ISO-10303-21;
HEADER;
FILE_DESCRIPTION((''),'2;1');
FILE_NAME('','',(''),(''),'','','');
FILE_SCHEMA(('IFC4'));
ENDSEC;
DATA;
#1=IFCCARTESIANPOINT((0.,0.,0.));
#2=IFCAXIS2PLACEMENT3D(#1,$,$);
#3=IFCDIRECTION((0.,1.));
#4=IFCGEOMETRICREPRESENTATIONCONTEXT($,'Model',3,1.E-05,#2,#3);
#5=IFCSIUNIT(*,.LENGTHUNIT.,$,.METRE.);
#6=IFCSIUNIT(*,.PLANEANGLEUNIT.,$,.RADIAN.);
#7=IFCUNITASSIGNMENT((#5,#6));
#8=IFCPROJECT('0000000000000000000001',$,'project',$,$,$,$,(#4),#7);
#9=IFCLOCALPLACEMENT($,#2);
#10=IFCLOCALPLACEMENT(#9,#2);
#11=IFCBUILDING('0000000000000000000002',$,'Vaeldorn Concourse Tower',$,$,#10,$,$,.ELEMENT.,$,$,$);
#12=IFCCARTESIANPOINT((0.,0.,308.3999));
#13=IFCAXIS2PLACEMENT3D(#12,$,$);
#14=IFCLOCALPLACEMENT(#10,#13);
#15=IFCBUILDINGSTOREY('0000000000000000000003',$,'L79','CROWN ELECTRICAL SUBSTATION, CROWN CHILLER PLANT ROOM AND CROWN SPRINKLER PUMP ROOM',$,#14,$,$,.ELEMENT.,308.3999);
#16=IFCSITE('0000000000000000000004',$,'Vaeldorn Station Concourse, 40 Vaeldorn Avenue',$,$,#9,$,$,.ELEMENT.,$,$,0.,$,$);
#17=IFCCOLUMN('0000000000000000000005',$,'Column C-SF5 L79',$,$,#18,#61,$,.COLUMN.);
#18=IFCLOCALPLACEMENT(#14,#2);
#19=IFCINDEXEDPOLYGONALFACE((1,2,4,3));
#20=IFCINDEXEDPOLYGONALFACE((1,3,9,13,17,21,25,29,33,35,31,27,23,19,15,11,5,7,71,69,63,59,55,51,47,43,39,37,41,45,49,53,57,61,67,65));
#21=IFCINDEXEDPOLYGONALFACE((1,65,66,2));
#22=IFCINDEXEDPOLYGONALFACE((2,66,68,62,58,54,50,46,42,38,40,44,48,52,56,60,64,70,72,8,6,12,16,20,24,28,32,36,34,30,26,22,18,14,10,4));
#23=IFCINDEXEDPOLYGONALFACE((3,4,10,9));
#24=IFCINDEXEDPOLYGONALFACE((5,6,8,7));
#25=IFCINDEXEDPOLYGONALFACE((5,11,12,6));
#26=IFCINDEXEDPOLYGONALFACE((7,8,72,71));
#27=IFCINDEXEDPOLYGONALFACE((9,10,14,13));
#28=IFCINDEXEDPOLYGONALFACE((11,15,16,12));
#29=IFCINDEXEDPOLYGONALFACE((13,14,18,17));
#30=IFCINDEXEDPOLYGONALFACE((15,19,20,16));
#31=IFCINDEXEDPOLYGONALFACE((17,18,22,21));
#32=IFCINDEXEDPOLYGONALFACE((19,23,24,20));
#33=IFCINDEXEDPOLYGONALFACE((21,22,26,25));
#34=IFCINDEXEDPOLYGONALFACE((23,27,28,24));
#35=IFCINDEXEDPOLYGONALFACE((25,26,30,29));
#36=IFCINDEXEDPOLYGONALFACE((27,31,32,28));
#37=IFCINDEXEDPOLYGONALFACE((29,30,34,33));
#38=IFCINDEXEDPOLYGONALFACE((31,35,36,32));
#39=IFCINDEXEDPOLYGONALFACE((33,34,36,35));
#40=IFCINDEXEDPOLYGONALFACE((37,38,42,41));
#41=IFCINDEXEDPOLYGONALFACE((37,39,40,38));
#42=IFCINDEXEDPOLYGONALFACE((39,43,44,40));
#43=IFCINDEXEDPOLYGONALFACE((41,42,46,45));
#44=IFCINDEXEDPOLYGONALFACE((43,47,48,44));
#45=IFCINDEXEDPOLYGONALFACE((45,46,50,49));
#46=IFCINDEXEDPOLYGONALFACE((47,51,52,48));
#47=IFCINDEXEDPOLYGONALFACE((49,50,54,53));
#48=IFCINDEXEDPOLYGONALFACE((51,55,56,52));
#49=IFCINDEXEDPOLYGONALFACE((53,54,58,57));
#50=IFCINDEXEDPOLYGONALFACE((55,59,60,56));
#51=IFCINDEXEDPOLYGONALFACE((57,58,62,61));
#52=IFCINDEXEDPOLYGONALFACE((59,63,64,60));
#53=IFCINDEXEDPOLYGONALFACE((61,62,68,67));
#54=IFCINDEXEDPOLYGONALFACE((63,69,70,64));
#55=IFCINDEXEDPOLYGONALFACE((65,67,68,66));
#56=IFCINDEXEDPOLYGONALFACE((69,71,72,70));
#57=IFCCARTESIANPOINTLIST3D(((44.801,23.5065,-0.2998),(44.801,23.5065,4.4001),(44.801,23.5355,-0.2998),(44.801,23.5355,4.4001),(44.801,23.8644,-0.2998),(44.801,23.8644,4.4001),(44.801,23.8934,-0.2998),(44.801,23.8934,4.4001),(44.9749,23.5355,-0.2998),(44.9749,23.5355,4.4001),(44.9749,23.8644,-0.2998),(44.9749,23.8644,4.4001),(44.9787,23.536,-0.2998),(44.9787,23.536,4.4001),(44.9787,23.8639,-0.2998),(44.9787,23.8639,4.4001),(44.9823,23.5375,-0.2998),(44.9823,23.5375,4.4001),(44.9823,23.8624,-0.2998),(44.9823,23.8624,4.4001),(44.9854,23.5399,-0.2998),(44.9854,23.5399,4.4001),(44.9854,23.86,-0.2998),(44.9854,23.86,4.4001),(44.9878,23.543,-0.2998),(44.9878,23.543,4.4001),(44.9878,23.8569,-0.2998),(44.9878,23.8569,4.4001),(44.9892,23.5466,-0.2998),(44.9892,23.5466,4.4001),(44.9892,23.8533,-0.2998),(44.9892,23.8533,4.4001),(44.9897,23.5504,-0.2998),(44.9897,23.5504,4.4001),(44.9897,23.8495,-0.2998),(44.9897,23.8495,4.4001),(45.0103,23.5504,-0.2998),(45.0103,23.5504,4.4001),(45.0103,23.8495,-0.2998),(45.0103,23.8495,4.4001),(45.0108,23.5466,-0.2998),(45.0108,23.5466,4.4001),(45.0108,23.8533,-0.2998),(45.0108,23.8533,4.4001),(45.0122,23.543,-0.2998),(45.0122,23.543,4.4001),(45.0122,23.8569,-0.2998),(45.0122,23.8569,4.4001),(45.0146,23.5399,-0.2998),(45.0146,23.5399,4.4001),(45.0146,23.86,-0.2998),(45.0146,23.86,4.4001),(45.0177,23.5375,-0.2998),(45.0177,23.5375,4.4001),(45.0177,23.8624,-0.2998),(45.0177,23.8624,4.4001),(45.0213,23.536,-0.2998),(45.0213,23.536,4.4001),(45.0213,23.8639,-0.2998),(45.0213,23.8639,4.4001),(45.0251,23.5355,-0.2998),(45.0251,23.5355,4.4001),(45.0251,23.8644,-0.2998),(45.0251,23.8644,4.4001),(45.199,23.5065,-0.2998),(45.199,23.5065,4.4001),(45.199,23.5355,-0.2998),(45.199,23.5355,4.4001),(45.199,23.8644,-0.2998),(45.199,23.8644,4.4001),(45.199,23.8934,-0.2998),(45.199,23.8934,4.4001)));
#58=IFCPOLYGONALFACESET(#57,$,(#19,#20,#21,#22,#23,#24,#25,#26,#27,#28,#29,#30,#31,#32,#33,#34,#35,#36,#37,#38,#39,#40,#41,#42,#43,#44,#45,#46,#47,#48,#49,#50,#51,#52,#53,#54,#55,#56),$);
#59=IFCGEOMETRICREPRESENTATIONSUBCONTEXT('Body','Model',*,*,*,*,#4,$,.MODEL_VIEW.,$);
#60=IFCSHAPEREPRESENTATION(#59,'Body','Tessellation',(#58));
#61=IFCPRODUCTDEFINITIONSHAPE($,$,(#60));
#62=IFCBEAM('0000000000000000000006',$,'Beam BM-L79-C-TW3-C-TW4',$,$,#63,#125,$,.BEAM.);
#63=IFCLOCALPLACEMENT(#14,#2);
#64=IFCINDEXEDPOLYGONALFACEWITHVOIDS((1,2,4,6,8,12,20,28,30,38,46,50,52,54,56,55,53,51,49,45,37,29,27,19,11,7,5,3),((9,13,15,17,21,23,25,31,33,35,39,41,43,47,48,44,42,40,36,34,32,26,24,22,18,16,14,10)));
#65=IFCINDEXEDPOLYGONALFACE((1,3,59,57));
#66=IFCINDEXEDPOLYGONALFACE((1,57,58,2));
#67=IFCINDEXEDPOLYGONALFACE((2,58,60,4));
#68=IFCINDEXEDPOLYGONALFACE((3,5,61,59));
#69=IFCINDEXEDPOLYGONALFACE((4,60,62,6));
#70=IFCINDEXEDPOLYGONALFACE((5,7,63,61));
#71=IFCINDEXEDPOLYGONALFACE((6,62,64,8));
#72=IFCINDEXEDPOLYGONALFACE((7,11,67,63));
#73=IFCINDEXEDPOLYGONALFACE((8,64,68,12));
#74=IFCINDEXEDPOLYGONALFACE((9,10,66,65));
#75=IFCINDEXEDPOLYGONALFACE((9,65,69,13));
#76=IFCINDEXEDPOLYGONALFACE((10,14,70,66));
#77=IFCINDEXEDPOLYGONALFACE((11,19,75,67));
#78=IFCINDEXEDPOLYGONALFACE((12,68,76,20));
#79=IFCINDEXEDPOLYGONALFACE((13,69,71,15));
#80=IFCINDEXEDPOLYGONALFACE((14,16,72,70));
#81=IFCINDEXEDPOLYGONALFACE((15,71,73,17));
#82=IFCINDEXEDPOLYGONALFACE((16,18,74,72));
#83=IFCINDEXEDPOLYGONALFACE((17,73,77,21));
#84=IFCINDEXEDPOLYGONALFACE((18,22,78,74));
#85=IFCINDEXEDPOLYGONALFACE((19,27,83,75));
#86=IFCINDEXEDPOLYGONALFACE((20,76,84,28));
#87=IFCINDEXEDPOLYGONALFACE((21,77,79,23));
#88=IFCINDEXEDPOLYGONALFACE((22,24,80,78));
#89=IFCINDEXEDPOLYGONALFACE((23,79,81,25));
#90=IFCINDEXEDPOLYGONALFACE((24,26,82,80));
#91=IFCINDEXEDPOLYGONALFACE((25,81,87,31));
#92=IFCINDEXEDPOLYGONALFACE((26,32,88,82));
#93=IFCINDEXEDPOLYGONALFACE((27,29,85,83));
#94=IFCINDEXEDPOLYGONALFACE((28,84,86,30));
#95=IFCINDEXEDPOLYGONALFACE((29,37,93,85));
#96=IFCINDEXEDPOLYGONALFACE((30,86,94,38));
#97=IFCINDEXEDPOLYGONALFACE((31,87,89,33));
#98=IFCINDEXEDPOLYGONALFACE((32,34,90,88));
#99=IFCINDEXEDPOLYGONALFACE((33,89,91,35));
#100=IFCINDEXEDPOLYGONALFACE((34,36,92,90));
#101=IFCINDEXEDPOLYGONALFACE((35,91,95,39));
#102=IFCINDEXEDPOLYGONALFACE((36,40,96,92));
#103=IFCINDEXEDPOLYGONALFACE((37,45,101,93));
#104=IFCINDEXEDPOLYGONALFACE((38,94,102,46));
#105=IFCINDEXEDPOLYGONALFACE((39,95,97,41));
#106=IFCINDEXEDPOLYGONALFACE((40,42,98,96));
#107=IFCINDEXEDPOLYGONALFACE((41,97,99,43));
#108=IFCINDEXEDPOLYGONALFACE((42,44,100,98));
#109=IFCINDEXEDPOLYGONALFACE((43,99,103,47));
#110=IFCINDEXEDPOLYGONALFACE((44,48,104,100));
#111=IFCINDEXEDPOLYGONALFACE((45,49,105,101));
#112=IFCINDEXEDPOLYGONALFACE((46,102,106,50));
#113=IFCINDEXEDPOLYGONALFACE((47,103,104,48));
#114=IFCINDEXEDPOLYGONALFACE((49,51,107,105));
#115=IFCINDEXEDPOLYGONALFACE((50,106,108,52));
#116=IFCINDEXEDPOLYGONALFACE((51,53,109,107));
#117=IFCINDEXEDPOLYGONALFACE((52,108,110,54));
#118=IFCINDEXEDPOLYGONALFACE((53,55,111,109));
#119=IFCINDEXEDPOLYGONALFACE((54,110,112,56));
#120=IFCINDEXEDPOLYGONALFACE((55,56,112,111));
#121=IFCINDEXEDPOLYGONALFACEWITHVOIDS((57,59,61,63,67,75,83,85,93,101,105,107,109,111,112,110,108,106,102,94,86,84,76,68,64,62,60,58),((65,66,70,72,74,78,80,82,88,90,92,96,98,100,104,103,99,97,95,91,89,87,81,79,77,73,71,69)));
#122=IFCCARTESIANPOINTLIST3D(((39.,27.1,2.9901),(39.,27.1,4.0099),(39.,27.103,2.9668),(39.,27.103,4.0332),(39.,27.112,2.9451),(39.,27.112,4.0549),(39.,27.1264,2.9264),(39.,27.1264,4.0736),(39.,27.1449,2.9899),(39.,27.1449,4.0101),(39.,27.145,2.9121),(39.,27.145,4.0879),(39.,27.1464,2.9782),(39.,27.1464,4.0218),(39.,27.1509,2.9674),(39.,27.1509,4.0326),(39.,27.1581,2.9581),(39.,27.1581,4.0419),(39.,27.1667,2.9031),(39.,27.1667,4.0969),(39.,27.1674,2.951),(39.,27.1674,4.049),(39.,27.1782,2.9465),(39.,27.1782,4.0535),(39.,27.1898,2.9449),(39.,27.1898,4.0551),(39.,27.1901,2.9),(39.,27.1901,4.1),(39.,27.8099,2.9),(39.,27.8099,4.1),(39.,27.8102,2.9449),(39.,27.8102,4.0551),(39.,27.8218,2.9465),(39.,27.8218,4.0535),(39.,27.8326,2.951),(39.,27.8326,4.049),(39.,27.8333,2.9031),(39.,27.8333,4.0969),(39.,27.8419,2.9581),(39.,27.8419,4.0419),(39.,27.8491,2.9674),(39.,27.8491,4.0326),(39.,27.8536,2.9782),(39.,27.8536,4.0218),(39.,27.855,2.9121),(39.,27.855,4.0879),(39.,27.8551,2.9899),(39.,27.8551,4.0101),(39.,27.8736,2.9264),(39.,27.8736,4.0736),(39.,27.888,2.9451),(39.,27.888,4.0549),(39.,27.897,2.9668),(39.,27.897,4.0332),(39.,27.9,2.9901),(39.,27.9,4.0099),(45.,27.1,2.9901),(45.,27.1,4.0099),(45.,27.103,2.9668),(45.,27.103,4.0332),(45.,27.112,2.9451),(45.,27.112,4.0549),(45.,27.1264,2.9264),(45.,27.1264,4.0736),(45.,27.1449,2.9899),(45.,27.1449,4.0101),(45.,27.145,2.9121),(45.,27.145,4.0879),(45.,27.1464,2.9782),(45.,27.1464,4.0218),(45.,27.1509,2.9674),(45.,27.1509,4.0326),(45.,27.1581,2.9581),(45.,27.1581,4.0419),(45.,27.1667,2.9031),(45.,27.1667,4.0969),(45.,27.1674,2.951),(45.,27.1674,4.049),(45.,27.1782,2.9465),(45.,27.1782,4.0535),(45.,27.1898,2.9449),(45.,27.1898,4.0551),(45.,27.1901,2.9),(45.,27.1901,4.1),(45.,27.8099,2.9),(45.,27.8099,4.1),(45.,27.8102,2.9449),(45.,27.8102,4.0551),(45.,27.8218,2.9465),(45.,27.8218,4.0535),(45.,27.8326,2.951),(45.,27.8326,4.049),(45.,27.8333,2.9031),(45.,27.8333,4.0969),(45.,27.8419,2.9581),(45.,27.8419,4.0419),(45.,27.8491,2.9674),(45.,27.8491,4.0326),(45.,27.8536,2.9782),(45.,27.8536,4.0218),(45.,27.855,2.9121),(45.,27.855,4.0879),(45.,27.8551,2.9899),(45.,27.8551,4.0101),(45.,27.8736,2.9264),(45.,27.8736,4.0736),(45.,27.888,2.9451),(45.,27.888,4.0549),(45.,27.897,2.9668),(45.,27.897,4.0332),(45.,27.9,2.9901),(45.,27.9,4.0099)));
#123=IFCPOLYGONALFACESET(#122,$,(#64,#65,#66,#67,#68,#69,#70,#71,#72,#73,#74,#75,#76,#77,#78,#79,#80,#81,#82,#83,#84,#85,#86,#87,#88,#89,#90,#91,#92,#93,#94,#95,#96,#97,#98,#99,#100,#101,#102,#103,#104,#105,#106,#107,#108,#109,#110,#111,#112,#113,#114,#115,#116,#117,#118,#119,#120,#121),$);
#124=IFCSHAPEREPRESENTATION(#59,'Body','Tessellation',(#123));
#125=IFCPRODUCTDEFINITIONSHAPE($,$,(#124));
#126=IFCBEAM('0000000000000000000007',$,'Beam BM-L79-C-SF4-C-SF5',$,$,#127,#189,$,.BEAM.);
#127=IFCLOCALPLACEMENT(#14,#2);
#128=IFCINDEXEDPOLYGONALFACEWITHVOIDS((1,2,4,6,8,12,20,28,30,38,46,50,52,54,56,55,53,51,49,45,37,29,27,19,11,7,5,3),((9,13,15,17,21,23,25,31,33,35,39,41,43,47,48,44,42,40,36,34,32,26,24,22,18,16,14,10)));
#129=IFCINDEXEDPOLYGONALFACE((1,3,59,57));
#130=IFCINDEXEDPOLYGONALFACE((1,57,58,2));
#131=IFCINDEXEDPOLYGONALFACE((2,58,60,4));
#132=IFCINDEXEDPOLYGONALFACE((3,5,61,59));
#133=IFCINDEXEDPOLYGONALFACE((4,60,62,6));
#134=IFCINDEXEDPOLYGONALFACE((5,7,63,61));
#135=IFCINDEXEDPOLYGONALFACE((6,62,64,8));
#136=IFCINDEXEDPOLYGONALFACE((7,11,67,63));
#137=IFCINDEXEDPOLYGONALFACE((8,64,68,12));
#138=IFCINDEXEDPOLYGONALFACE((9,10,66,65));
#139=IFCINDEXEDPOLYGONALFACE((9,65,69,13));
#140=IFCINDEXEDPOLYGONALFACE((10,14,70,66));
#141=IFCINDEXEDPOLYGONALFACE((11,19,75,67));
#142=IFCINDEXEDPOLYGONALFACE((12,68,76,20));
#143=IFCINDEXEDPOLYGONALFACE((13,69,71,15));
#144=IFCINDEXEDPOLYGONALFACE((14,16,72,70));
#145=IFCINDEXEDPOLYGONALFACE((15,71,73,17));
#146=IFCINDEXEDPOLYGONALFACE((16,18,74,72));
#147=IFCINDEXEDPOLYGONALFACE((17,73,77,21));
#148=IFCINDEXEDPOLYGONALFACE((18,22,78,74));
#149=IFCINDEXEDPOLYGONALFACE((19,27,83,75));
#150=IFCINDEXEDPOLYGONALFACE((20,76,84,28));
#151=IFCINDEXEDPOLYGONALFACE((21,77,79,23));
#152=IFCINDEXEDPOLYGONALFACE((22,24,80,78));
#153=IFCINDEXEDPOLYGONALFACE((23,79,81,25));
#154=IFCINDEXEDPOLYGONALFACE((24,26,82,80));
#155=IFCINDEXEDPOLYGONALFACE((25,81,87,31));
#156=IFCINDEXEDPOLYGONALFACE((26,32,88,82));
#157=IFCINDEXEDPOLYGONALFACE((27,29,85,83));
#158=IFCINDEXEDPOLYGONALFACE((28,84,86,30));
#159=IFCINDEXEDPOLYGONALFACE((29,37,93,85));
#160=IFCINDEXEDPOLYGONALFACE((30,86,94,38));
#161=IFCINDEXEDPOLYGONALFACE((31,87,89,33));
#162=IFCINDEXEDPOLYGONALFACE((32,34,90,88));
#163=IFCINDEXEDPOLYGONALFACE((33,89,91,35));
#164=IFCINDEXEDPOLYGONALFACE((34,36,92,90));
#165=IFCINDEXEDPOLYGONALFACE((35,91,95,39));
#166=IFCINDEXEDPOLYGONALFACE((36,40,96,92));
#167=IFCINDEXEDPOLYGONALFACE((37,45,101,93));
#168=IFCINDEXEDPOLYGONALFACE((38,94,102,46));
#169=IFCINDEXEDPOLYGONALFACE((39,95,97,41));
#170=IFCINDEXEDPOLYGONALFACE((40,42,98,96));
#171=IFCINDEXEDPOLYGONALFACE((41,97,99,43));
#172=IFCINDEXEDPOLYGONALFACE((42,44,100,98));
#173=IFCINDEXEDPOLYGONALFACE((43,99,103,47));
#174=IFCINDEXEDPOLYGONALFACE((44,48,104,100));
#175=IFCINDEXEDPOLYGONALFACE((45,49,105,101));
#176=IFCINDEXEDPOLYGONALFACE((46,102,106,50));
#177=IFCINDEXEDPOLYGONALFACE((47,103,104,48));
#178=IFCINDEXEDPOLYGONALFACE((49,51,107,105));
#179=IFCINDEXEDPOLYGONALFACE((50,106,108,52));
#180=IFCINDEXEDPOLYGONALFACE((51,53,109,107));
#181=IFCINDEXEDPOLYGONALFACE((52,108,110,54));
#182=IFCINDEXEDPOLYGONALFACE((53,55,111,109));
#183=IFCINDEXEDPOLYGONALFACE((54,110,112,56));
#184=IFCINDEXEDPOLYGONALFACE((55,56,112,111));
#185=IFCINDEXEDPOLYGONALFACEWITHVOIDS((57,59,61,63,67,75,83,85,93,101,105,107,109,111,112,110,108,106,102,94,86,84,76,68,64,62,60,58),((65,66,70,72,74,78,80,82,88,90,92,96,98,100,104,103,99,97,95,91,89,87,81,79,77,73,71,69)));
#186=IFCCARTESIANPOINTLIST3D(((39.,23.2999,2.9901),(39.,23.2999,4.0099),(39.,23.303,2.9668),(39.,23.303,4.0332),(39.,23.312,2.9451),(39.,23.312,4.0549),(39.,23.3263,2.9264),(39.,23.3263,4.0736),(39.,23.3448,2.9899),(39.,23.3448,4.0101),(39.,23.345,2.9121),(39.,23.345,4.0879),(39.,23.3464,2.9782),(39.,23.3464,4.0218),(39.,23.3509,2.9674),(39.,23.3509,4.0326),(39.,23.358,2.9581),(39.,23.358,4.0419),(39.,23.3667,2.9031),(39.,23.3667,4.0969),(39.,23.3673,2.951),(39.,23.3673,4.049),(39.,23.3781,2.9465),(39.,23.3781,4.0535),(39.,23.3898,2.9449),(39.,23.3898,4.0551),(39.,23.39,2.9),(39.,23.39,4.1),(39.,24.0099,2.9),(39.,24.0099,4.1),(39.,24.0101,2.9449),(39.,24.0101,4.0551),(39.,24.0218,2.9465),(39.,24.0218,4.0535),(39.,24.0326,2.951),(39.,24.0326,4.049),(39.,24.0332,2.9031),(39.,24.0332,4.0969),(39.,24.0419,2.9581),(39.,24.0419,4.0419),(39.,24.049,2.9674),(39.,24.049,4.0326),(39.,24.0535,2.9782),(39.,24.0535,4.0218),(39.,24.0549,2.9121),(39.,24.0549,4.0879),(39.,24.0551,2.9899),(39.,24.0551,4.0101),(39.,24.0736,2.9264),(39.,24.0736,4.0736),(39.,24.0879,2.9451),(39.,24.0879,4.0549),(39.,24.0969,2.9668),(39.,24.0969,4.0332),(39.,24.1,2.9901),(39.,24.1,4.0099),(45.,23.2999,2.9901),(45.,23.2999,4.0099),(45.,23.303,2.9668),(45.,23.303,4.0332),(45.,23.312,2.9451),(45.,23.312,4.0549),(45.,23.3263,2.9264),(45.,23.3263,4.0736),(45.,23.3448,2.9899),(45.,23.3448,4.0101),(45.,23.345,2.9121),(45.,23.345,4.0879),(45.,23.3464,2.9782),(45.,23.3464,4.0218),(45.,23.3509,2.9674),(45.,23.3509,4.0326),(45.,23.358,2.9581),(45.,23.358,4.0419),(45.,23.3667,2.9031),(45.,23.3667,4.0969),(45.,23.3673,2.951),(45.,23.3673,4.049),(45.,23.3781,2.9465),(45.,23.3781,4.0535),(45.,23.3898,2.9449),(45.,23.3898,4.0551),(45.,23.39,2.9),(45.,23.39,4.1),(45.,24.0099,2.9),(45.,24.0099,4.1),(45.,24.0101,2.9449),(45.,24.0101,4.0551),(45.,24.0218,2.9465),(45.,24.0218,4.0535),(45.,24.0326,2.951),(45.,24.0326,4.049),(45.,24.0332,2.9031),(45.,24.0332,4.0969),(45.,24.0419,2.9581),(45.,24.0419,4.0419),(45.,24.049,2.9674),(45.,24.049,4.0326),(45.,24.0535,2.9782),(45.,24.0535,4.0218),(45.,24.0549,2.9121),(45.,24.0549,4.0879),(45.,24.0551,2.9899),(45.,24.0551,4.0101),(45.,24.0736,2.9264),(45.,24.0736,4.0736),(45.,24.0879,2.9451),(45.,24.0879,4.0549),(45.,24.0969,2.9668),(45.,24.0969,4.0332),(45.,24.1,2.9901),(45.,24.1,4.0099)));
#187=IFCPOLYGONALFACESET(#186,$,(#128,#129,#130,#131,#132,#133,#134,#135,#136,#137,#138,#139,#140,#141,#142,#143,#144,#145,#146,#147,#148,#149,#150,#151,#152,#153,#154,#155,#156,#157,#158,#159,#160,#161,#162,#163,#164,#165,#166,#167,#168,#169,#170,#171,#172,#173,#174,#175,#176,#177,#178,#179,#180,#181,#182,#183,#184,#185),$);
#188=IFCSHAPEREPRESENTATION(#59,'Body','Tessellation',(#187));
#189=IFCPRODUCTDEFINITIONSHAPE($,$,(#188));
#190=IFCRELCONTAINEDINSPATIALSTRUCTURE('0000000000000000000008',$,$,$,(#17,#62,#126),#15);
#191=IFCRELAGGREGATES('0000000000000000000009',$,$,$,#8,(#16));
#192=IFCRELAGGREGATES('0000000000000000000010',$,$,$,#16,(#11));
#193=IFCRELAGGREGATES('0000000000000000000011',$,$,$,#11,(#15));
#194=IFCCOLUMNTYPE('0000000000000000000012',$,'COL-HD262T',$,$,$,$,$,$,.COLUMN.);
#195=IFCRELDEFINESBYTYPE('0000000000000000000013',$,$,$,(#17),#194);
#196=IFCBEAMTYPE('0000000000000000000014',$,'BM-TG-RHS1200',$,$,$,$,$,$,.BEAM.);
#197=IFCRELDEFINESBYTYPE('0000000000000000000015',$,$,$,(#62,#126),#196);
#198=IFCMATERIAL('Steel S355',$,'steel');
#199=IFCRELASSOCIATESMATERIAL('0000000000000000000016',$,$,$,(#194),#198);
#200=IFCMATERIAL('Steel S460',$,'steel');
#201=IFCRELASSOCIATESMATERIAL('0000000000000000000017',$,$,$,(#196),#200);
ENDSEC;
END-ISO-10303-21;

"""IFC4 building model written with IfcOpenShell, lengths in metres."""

from ifc_helpers import new_model, si_unit, direction, frame, origin, origin_2d, place, context, subcontext, project, spatial, hollow_rectangle, i_section, extrude, source, transform, mapped, material, material_profile, profile_set, type_object, element, save


model = new_model("IFC4")

# Units and contexts
model_context = context("Model", 3, precision=1e-05, world=origin(), true_north=direction((0.0, 1.0)))
body_context = subcontext(model_context, "Body", "Model", "MODEL_VIEW")
ifc_project = project(units=[si_unit("LENGTHUNIT", "METRE"), si_unit("PLANEANGLEUNIT", "RADIAN")], contexts=[model_context])

# Site, building, storey
site_placement = place(None, origin())
site = spatial("IfcSite", under=ifc_project, at=site_placement, Name="Vaeldorn Station Concourse, 40 Vaeldorn Avenue", CompositionType="ELEMENT", RefElevation=0.0)
building_placement = place(site_placement, origin())
building = spatial("IfcBuilding", under=site, at=building_placement, Name="Vaeldorn Concourse Tower", CompositionType="ELEMENT")
storey_placement = place(building_placement, frame((0.0, 0.0, 308.3999)))
storey = spatial("IfcBuildingStorey", under=building, at=storey_placement, Name="L79", Description="CROWN ELECTRICAL SUBSTATION, CROWN CHILLER PLANT ROOM AND CROWN SPRINKLER PUMP ROOM", CompositionType="ELEMENT", Elevation=308.3999)

# Column
ifc_material_1 = material(Name="Steel S355", Category="steel")
ifc_material_profile_1 = material_profile(ifc_material_1, i_section(OverallWidth=0.3979, OverallDepth=0.387, WebThickness=0.0205, FlangeThickness=0.0291, FilletRadius=0.0149, at=origin_2d()), Name="HD 400x262")
ifc_profile_set_1 = profile_set([ifc_material_profile_1], Name="Steel S355")
column_type_1 = type_object("IfcColumnType", Name="COL-HD262T", PredefinedType="COLUMN", material=ifc_profile_set_1)
shared_shape_1 = source(origin(), body_context, "Body", "SweptSolid", [
    extrude(i_section(OverallWidth=0.3979, OverallDepth=0.387, WebThickness=0.0205, FlangeThickness=0.0291, FilletRadius=0.0149, at=origin_2d()), origin(), (0.0, 0.0, 1.0), 4.7),
])
for number, where, z_axis, x_axis, name in (
    (1, (45.0, 23.7, -0.2998), (0.0, 0.0, 1.0), (1.0, 0.0, 0.0), "Column C-SF5 L79"),
):
    element("IfcColumn", number, at=place(storey_placement, frame(where, z_axis=z_axis, x_axis=x_axis)), inside=storey, type_object=column_type_1, Name=name, PredefinedType="COLUMN", context=body_context, shape_type="MappedRepresentation", body=[
        mapped(shared_shape_1, transform((0.0, 0.0, 0.0), scale=1.0)),
    ])

# Beams
ifc_material_2 = material(Name="Steel S460", Category="steel")
ifc_material_profile_2 = material_profile(ifc_material_2, hollow_rectangle(XDim=0.8, YDim=1.2, WallThickness=0.0449, InnerFilletRadius=0.0449, OuterFilletRadius=0.0901, at=origin_2d()), Name="RHS 1200x800x45")
ifc_profile_set_2 = profile_set([ifc_material_profile_2], Name="Steel S460")
beam_type_1 = type_object("IfcBeamType", Name="BM-TG-RHS1200", PredefinedType="BEAM", material=ifc_profile_set_2)
shared_shape_2 = source(origin(), body_context, "Body", "SweptSolid", [
    extrude(hollow_rectangle(XDim=0.8, YDim=1.2, WallThickness=0.0449, InnerFilletRadius=0.0449, OuterFilletRadius=0.0901, at=origin_2d()), origin(), (0.0, 0.0, 1.0), 6.0),
])
for number, where, z_axis, x_axis, name in (
    (2, (39.0, 27.5, 3.5), (1.0, 0.0, 0.0), (0.0, 1.0, 0.0), "Beam BM-L79-C-TW3-C-TW4"),
    (3, (39.0, 23.7, 3.5), (1.0, 0.0, 0.0), (0.0, 1.0, 0.0), "Beam BM-L79-C-SF4-C-SF5"),
):
    element("IfcBeam", number, at=place(storey_placement, frame(where, z_axis=z_axis, x_axis=x_axis)), inside=storey, type_object=beam_type_1, Name=name, PredefinedType="BEAM", context=body_context, shape_type="MappedRepresentation", body=[
        mapped(shared_shape_2, transform((0.0, 0.0, 0.0), scale=1.0)),
    ])

save(model, "model.ifc")
